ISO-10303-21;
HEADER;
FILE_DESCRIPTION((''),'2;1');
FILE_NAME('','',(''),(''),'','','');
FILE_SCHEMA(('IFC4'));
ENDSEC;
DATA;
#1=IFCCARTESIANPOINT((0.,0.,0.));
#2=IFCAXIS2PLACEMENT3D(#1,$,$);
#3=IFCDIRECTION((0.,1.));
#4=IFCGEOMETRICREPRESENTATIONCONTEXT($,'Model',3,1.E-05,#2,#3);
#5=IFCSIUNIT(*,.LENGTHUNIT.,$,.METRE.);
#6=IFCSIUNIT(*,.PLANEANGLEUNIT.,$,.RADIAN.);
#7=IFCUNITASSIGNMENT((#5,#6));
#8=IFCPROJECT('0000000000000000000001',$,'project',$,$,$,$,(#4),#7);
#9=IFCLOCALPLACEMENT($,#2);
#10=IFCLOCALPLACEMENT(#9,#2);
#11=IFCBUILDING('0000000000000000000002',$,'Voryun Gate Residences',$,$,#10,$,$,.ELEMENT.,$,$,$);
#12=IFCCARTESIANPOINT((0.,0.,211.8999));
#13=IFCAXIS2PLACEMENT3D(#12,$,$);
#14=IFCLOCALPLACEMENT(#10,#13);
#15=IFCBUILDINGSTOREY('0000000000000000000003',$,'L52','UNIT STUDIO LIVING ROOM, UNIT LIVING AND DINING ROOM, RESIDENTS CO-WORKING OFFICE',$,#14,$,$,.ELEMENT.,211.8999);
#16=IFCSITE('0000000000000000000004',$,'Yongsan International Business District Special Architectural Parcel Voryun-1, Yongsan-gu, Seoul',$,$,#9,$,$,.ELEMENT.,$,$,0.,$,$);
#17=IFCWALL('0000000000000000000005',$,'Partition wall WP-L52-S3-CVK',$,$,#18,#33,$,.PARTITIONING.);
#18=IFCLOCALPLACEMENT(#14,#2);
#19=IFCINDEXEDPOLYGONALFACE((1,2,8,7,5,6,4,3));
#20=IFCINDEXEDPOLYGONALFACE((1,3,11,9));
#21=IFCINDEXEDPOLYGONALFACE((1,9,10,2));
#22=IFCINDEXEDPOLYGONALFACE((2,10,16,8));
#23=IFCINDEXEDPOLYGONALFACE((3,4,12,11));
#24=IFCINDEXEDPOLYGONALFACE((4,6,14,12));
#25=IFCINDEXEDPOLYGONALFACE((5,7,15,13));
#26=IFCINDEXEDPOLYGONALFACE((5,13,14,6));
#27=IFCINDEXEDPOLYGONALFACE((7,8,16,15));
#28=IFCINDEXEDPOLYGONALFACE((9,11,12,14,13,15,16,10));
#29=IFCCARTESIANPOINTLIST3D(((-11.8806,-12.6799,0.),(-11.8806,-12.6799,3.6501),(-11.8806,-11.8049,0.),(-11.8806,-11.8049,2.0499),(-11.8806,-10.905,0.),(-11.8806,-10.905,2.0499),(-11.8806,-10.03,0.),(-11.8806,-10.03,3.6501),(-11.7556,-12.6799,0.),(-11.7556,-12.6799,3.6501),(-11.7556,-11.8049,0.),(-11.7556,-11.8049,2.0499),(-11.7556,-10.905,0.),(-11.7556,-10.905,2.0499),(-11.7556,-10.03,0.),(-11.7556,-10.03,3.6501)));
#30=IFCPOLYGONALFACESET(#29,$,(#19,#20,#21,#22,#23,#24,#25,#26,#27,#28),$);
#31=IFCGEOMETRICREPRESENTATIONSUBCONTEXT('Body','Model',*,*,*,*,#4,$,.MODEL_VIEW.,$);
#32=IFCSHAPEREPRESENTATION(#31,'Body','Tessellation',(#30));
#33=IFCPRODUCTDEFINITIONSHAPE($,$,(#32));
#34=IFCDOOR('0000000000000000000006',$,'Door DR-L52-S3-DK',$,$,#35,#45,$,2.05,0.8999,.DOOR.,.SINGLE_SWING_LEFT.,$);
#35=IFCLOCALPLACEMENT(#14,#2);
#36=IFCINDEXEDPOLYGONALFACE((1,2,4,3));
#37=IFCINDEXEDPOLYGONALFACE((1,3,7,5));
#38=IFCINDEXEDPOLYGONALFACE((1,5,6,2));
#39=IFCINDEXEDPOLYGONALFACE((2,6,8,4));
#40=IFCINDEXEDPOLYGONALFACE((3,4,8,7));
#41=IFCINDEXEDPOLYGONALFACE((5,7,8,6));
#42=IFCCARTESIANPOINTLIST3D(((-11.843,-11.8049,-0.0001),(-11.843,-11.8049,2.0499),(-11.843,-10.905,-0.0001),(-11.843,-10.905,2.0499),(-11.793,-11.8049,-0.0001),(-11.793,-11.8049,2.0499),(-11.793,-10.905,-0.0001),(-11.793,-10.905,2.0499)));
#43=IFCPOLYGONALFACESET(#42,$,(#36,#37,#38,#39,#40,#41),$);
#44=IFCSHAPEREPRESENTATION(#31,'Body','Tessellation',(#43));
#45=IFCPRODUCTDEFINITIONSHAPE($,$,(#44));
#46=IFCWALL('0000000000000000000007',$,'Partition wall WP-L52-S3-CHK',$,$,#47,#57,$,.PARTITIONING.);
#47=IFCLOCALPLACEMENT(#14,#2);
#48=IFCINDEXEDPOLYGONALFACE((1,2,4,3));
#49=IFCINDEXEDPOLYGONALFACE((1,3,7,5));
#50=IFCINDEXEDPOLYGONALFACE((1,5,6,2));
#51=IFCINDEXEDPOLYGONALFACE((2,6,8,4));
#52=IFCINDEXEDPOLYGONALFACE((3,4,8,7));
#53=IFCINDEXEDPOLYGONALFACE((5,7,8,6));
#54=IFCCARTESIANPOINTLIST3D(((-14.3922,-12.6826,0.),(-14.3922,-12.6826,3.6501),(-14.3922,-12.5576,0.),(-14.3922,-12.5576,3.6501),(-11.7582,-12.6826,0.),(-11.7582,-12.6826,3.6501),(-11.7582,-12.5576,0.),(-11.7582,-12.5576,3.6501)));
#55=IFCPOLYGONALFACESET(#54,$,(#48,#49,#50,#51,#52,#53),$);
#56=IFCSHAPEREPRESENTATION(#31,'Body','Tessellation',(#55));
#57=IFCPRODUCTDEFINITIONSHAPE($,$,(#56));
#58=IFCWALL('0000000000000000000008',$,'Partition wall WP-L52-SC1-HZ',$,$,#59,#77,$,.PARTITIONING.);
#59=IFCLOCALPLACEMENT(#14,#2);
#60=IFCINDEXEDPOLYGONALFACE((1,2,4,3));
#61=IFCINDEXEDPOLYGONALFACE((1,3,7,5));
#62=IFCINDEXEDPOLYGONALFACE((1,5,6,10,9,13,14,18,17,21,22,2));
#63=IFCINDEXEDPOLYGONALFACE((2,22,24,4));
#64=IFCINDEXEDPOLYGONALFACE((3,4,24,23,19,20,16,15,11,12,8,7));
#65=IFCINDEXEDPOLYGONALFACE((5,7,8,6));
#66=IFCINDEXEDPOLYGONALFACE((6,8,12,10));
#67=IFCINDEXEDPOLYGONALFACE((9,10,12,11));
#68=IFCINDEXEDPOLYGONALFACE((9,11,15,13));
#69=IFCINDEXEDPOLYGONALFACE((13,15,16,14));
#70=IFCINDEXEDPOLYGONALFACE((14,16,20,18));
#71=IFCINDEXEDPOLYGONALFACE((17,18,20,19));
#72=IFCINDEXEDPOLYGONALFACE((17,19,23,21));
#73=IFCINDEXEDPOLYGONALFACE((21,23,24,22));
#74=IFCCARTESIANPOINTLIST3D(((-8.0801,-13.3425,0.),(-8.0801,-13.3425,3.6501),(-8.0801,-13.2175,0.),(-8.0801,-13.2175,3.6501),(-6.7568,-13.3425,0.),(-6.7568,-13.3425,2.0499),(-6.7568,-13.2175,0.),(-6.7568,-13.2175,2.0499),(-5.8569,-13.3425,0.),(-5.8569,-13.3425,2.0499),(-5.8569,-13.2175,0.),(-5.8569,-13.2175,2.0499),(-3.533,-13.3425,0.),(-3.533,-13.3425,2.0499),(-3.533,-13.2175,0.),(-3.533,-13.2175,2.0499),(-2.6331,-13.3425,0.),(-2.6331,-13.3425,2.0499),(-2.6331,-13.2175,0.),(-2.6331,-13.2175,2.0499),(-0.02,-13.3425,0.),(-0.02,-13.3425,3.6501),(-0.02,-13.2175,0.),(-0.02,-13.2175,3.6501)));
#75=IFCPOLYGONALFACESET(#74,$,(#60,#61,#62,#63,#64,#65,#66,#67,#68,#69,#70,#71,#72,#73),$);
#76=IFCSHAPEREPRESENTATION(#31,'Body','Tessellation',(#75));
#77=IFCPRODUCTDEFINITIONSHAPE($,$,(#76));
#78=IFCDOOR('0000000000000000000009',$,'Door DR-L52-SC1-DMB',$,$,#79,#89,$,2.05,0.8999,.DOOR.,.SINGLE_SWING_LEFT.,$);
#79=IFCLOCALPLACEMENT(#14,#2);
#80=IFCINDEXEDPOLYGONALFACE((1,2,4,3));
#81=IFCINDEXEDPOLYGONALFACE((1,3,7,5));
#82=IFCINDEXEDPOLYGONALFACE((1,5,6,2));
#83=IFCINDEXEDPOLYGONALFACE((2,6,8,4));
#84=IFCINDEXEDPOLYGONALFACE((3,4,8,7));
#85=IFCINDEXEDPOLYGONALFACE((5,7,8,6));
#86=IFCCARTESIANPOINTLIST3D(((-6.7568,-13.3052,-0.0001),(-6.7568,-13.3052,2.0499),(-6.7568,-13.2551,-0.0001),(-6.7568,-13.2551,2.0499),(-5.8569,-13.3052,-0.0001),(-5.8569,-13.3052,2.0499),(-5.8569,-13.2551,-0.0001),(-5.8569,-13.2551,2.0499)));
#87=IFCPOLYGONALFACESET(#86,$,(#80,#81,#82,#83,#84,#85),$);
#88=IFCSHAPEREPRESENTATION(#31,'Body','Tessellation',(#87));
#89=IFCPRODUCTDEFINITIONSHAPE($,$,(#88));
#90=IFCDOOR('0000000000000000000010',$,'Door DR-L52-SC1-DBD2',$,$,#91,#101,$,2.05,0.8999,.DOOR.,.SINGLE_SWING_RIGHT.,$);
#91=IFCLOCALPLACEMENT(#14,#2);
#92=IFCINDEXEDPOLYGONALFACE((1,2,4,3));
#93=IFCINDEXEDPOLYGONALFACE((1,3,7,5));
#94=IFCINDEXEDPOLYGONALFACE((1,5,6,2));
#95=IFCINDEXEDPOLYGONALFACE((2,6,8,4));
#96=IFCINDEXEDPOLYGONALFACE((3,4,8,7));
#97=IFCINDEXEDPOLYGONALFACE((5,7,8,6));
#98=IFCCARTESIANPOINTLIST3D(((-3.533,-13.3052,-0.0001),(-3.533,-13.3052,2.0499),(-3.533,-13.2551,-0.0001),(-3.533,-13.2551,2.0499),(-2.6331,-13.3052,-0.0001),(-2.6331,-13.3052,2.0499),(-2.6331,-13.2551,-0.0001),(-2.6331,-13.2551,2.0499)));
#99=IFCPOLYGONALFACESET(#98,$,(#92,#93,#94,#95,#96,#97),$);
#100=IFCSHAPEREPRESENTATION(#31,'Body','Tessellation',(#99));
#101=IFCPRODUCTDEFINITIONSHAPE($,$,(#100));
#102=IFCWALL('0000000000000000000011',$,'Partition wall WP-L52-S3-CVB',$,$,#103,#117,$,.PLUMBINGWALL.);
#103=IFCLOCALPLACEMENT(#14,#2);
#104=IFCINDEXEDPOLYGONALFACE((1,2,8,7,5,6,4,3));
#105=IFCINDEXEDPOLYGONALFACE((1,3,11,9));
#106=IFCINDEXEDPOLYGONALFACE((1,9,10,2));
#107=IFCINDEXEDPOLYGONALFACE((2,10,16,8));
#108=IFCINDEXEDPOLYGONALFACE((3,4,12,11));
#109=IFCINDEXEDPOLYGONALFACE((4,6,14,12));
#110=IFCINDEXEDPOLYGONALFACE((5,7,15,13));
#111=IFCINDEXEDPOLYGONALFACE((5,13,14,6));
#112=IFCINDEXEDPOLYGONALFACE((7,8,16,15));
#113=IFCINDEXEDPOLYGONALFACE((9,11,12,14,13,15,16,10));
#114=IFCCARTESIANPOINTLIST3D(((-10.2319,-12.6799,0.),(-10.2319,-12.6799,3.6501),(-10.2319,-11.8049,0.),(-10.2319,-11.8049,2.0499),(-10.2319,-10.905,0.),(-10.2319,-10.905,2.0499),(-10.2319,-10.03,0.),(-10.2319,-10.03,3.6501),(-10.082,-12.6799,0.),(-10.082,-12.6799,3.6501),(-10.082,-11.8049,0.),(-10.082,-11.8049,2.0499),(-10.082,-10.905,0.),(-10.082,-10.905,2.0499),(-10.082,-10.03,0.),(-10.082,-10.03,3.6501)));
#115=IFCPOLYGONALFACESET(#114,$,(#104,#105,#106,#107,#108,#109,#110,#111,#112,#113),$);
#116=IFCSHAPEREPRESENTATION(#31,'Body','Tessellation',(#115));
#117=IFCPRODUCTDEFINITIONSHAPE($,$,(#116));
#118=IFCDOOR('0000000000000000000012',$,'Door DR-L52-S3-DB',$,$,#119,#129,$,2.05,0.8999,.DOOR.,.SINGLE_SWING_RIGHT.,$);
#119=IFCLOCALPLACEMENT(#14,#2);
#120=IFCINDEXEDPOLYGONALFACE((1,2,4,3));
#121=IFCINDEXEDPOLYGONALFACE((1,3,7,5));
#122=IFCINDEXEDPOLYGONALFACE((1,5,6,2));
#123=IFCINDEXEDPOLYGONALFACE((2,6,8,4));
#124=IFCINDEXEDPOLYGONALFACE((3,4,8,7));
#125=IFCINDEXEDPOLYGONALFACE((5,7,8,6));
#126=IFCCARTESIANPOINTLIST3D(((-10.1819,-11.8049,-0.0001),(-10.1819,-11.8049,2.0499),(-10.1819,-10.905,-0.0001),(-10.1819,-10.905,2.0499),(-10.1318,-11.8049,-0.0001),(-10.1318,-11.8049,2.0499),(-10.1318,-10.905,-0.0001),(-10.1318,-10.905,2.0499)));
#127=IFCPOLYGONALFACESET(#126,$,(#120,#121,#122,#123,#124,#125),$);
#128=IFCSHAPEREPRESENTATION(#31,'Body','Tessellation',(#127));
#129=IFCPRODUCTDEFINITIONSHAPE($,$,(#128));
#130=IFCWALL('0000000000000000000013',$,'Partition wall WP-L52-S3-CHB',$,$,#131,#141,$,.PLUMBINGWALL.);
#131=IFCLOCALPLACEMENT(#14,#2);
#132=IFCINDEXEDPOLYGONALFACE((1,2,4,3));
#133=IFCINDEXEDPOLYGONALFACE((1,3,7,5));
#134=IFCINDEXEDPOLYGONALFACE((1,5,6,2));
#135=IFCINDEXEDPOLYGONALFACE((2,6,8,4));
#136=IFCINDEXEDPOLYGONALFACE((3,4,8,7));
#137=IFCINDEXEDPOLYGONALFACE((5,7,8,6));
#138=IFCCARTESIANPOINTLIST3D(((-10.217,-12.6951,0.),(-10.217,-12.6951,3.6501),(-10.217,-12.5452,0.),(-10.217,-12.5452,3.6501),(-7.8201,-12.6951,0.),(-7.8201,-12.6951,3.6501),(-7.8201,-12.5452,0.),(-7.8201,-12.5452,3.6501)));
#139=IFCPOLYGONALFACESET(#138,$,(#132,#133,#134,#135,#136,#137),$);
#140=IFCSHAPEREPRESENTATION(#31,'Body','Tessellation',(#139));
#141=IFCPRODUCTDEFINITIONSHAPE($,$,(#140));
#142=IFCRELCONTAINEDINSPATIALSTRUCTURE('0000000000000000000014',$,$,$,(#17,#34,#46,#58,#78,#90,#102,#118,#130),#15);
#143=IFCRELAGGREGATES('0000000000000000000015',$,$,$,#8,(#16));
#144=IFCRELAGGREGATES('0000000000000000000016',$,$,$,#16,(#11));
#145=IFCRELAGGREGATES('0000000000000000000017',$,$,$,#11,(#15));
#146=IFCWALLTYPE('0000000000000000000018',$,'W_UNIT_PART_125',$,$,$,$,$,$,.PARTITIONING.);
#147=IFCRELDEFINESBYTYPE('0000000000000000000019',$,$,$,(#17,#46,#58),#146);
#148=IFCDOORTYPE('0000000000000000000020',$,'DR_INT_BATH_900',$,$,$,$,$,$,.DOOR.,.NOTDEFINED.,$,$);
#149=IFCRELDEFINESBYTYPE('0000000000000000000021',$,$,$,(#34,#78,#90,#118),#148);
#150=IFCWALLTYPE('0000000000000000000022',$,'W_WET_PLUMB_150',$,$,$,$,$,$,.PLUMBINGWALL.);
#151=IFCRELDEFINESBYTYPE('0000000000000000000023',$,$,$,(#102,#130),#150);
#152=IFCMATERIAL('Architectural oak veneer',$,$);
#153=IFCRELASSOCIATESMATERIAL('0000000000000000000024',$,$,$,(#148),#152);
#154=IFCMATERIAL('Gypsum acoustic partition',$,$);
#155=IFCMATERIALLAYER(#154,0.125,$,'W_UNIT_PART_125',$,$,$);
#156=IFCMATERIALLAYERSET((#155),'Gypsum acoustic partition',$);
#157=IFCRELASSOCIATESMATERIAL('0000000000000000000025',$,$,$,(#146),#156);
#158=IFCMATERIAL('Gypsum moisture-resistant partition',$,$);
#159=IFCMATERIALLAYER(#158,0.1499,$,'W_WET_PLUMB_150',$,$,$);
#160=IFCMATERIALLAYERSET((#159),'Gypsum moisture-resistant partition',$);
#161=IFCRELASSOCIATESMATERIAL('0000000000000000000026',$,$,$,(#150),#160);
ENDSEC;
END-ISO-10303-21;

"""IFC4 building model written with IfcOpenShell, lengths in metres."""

from ifc_helpers import new_model, si_unit, direction, frame, frame_2d, origin, place, context, subcontext, project, spatial, rectangle, extrude, material, layer, layer_set, type_object, element, fill, save


model = new_model("IFC4")

# Units and contexts
model_context = context("Model", 3, precision=1e-05, world=origin(), true_north=direction((0.0, 1.0)))
body_context = subcontext(model_context, "Body", "Model", "MODEL_VIEW")
ifc_project = project(units=[si_unit("LENGTHUNIT", "METRE"), si_unit("PLANEANGLEUNIT", "RADIAN")], contexts=[model_context])

# Site, building, storey
site_placement = place(None, origin())
site = spatial("IfcSite", under=ifc_project, at=site_placement, Name="Yongsan International Business District Special Architectural Parcel Voryun-1, Yongsan-gu, Seoul", CompositionType="ELEMENT", RefElevation=0.0)
building_placement = place(site_placement, origin())
building = spatial("IfcBuilding", under=site, at=building_placement, Name="Voryun Gate Residences", CompositionType="ELEMENT")
storey_placement = place(building_placement, frame((0.0, 0.0, 211.8999)))
storey = spatial("IfcBuildingStorey", under=building, at=storey_placement, Name="L52", Description="UNIT STUDIO LIVING ROOM, UNIT LIVING AND DINING ROOM, RESIDENTS CO-WORKING OFFICE", CompositionType="ELEMENT", Elevation=211.8999)

# Shared definitions
ifc_material_1 = material(Name="Architectural oak veneer")
door_type_1 = type_object("IfcDoorType", Name="DR_INT_BATH_900", OperationType="NOTDEFINED", PredefinedType="DOOR", material=ifc_material_1)

# Wall, opening, door
ifc_material_2 = material(Name="Gypsum acoustic partition")
ifc_layer_1 = layer(ifc_material_2, 0.125, Name="W_UNIT_PART_125")
ifc_layer_set_1 = layer_set([ifc_layer_1], Name="Gypsum acoustic partition")
wall_type_1 = type_object("IfcWallType", Name="W_UNIT_PART_125", PredefinedType="PARTITIONING", material=ifc_layer_set_1)
wall_1_placement = place(storey_placement, frame((-11.8181, -12.6799, 0.0), z_axis=(0.0, 0.0, 1.0), x_axis=(0.0, 1.0, 0.0)))
wall_1 = element("IfcWall", 1, at=wall_1_placement, inside=storey, type_object=wall_type_1, Name="Partition wall WP-L52-S3-CVK", PredefinedType="PARTITIONING", context=body_context, shape_type="SweptSolid", body=[
    extrude(rectangle(XDim=2.6499, YDim=0.125, at=frame_2d((1.325, 0.0))), origin(), (0.0, 0.0, 1.0), 3.6501),
])
opening_1_placement = place(wall_1_placement, frame((0.875, 0.0, 0.0)))
opening_1 = element("IfcOpeningElement", 2, at=opening_1_placement, cuts=wall_1, PredefinedType="OPENING", context=body_context, shape_type="SweptSolid", body=[
    extrude(rectangle(XDim=0.8999, YDim=2.05, at=frame_2d((0.45, 1.0249))), frame((0.0, 0.0725, 0.0), z_axis=(0.0, -1.0, 0.0), x_axis=(1.0, 0.0, 0.0)), (0.0, 0.0, 1.0), 0.145),
])
door_1_placement = place(opening_1_placement, origin())
door_1 = element("IfcDoor", 3, at=door_1_placement, inside=storey, type_object=door_type_1, Name="Door DR-L52-S3-DK", OperationType="SINGLE_SWING_LEFT", OverallHeight=2.05, OverallWidth=0.8999, PredefinedType="DOOR", context=body_context, shape_type="SweptSolid", body=[
    extrude(rectangle(XDim=0.8999, YDim=2.05, at=frame_2d((0.45, 1.0249))), frame((0.0, 0.0249, 0.0), z_axis=(0.0, -1.0, 0.0), x_axis=(1.0, 0.0, 0.0)), (0.0, 0.0, 1.0), 0.05),
])
fill(opening_1, door_1)

# Wall
wall_2_placement = place(storey_placement, frame((-14.3921, -12.6201, 0.0), z_axis=(0.0, 0.0, 1.0), x_axis=(1.0, 0.0, 0.0)))
element("IfcWall", 4, at=wall_2_placement, inside=storey, type_object=wall_type_1, Name="Partition wall WP-L52-S3-CHK", PredefinedType="PARTITIONING", context=body_context, shape_type="SweptSolid", body=[
    extrude(rectangle(XDim=2.634, YDim=0.125, at=frame_2d((1.3169, 0.0))), origin(), (0.0, 0.0, 1.0), 3.6501),
])

# Wall, openings, doors
wall_3_placement = place(storey_placement, frame((-8.0801, -13.28, 0.0), z_axis=(0.0, 0.0, 1.0), x_axis=(1.0, 0.0, 0.0)))
wall_3 = element("IfcWall", 5, at=wall_3_placement, inside=storey, type_object=wall_type_1, Name="Partition wall WP-L52-SC1-HZ", PredefinedType="PARTITIONING", context=body_context, shape_type="SweptSolid", body=[
    extrude(rectangle(XDim=8.0601, YDim=0.125, at=frame_2d((4.03, 0.0))), origin(), (0.0, 0.0, 1.0), 3.6501),
])
opening_2_placement = place(wall_3_placement, frame((1.3232, 0.0, 0.0)))
opening_2 = element("IfcOpeningElement", 6, at=opening_2_placement, cuts=wall_3, PredefinedType="OPENING", context=body_context, shape_type="SweptSolid", body=[
    extrude(rectangle(XDim=0.8999, YDim=2.05, at=frame_2d((0.45, 1.0249))), frame((0.0, 0.0725, 0.0), z_axis=(0.0, -1.0, 0.0), x_axis=(1.0, 0.0, 0.0)), (0.0, 0.0, 1.0), 0.145),
])
opening_3_placement = place(wall_3_placement, frame((4.5471, 0.0, 0.0)))
opening_3 = element("IfcOpeningElement", 7, at=opening_3_placement, cuts=wall_3, PredefinedType="OPENING", context=body_context, shape_type="SweptSolid", body=[
    extrude(rectangle(XDim=0.8999, YDim=2.05, at=frame_2d((0.45, 1.0249))), frame((0.0, 0.0725, 0.0), z_axis=(0.0, -1.0, 0.0), x_axis=(1.0, 0.0, 0.0)), (0.0, 0.0, 1.0), 0.145),
])
door_2_placement = place(opening_2_placement, origin())
door_2 = element("IfcDoor", 8, at=door_2_placement, inside=storey, type_object=door_type_1, Name="Door DR-L52-SC1-DMB", OperationType="SINGLE_SWING_LEFT", OverallHeight=2.05, OverallWidth=0.8999, PredefinedType="DOOR", context=body_context, shape_type="SweptSolid", body=[
    extrude(rectangle(XDim=0.8999, YDim=2.05, at=frame_2d((0.45, 1.0249))), frame((0.0, 0.0249, 0.0), z_axis=(0.0, -1.0, 0.0), x_axis=(1.0, 0.0, 0.0)), (0.0, 0.0, 1.0), 0.05),
])
fill(opening_2, door_2)
door_3_placement = place(opening_3_placement, origin())
door_3 = element("IfcDoor", 9, at=door_3_placement, inside=storey, type_object=door_type_1, Name="Door DR-L52-SC1-DBD2", OperationType="SINGLE_SWING_RIGHT", OverallHeight=2.05, OverallWidth=0.8999, PredefinedType="DOOR", context=body_context, shape_type="SweptSolid", body=[
    extrude(rectangle(XDim=0.8999, YDim=2.05, at=frame_2d((0.45, 1.0249))), frame((0.0, 0.0249, 0.0), z_axis=(0.0, -1.0, 0.0), x_axis=(1.0, 0.0, 0.0)), (0.0, 0.0, 1.0), 0.05),
])
fill(opening_3, door_3)

# Wall, opening, door
ifc_material_3 = material(Name="Gypsum moisture-resistant partition")
ifc_layer_2 = layer(ifc_material_3, 0.1499, Name="W_WET_PLUMB_150")
ifc_layer_set_2 = layer_set([ifc_layer_2], Name="Gypsum moisture-resistant partition")
wall_type_2 = type_object("IfcWallType", Name="W_WET_PLUMB_150", PredefinedType="PLUMBINGWALL", material=ifc_layer_set_2)
wall_4_placement = place(storey_placement, frame((-10.157, -12.6799, 0.0), z_axis=(0.0, 0.0, 1.0), x_axis=(0.0, 1.0, 0.0)))
wall_4 = element("IfcWall", 10, at=wall_4_placement, inside=storey, type_object=wall_type_2, Name="Partition wall WP-L52-S3-CVB", PredefinedType="PLUMBINGWALL", context=body_context, shape_type="SweptSolid", body=[
    extrude(rectangle(XDim=2.6499, YDim=0.1499, at=frame_2d((1.325, 0.0))), origin(), (0.0, 0.0, 1.0), 3.6501),
])
opening_4_placement = place(wall_4_placement, frame((0.875, 0.0, 0.0)))
opening_4 = element("IfcOpeningElement", 11, at=opening_4_placement, cuts=wall_4, PredefinedType="OPENING", context=body_context, shape_type="SweptSolid", body=[
    extrude(rectangle(XDim=0.8999, YDim=2.05, at=frame_2d((0.45, 1.0249))), frame((0.0, 0.085, 0.0), z_axis=(0.0, -1.0, 0.0), x_axis=(1.0, 0.0, 0.0)), (0.0, 0.0, 1.0), 0.1699),
])
door_4_placement = place(opening_4_placement, origin())
door_4 = element("IfcDoor", 12, at=door_4_placement, inside=storey, type_object=door_type_1, Name="Door DR-L52-S3-DB", OperationType="SINGLE_SWING_RIGHT", OverallHeight=2.05, OverallWidth=0.8999, PredefinedType="DOOR", context=body_context, shape_type="SweptSolid", body=[
    extrude(rectangle(XDim=0.8999, YDim=2.05, at=frame_2d((0.45, 1.0249))), frame((0.0, 0.0249, 0.0), z_axis=(0.0, -1.0, 0.0), x_axis=(1.0, 0.0, 0.0)), (0.0, 0.0, 1.0), 0.05),
])
fill(opening_4, door_4)

# Wall
wall_5_placement = place(storey_placement, frame((-10.217, -12.6201, 0.0), z_axis=(0.0, 0.0, 1.0), x_axis=(1.0, 0.0, 0.0)))
element("IfcWall", 13, at=wall_5_placement, inside=storey, type_object=wall_type_2, Name="Partition wall WP-L52-S3-CHB", PredefinedType="PLUMBINGWALL", context=body_context, shape_type="SweptSolid", body=[
    extrude(rectangle(XDim=2.397, YDim=0.1499, at=frame_2d((1.1985, 0.0))), origin(), (0.0, 0.0, 1.0), 3.6501),
])

save(model, "model.ifc")
